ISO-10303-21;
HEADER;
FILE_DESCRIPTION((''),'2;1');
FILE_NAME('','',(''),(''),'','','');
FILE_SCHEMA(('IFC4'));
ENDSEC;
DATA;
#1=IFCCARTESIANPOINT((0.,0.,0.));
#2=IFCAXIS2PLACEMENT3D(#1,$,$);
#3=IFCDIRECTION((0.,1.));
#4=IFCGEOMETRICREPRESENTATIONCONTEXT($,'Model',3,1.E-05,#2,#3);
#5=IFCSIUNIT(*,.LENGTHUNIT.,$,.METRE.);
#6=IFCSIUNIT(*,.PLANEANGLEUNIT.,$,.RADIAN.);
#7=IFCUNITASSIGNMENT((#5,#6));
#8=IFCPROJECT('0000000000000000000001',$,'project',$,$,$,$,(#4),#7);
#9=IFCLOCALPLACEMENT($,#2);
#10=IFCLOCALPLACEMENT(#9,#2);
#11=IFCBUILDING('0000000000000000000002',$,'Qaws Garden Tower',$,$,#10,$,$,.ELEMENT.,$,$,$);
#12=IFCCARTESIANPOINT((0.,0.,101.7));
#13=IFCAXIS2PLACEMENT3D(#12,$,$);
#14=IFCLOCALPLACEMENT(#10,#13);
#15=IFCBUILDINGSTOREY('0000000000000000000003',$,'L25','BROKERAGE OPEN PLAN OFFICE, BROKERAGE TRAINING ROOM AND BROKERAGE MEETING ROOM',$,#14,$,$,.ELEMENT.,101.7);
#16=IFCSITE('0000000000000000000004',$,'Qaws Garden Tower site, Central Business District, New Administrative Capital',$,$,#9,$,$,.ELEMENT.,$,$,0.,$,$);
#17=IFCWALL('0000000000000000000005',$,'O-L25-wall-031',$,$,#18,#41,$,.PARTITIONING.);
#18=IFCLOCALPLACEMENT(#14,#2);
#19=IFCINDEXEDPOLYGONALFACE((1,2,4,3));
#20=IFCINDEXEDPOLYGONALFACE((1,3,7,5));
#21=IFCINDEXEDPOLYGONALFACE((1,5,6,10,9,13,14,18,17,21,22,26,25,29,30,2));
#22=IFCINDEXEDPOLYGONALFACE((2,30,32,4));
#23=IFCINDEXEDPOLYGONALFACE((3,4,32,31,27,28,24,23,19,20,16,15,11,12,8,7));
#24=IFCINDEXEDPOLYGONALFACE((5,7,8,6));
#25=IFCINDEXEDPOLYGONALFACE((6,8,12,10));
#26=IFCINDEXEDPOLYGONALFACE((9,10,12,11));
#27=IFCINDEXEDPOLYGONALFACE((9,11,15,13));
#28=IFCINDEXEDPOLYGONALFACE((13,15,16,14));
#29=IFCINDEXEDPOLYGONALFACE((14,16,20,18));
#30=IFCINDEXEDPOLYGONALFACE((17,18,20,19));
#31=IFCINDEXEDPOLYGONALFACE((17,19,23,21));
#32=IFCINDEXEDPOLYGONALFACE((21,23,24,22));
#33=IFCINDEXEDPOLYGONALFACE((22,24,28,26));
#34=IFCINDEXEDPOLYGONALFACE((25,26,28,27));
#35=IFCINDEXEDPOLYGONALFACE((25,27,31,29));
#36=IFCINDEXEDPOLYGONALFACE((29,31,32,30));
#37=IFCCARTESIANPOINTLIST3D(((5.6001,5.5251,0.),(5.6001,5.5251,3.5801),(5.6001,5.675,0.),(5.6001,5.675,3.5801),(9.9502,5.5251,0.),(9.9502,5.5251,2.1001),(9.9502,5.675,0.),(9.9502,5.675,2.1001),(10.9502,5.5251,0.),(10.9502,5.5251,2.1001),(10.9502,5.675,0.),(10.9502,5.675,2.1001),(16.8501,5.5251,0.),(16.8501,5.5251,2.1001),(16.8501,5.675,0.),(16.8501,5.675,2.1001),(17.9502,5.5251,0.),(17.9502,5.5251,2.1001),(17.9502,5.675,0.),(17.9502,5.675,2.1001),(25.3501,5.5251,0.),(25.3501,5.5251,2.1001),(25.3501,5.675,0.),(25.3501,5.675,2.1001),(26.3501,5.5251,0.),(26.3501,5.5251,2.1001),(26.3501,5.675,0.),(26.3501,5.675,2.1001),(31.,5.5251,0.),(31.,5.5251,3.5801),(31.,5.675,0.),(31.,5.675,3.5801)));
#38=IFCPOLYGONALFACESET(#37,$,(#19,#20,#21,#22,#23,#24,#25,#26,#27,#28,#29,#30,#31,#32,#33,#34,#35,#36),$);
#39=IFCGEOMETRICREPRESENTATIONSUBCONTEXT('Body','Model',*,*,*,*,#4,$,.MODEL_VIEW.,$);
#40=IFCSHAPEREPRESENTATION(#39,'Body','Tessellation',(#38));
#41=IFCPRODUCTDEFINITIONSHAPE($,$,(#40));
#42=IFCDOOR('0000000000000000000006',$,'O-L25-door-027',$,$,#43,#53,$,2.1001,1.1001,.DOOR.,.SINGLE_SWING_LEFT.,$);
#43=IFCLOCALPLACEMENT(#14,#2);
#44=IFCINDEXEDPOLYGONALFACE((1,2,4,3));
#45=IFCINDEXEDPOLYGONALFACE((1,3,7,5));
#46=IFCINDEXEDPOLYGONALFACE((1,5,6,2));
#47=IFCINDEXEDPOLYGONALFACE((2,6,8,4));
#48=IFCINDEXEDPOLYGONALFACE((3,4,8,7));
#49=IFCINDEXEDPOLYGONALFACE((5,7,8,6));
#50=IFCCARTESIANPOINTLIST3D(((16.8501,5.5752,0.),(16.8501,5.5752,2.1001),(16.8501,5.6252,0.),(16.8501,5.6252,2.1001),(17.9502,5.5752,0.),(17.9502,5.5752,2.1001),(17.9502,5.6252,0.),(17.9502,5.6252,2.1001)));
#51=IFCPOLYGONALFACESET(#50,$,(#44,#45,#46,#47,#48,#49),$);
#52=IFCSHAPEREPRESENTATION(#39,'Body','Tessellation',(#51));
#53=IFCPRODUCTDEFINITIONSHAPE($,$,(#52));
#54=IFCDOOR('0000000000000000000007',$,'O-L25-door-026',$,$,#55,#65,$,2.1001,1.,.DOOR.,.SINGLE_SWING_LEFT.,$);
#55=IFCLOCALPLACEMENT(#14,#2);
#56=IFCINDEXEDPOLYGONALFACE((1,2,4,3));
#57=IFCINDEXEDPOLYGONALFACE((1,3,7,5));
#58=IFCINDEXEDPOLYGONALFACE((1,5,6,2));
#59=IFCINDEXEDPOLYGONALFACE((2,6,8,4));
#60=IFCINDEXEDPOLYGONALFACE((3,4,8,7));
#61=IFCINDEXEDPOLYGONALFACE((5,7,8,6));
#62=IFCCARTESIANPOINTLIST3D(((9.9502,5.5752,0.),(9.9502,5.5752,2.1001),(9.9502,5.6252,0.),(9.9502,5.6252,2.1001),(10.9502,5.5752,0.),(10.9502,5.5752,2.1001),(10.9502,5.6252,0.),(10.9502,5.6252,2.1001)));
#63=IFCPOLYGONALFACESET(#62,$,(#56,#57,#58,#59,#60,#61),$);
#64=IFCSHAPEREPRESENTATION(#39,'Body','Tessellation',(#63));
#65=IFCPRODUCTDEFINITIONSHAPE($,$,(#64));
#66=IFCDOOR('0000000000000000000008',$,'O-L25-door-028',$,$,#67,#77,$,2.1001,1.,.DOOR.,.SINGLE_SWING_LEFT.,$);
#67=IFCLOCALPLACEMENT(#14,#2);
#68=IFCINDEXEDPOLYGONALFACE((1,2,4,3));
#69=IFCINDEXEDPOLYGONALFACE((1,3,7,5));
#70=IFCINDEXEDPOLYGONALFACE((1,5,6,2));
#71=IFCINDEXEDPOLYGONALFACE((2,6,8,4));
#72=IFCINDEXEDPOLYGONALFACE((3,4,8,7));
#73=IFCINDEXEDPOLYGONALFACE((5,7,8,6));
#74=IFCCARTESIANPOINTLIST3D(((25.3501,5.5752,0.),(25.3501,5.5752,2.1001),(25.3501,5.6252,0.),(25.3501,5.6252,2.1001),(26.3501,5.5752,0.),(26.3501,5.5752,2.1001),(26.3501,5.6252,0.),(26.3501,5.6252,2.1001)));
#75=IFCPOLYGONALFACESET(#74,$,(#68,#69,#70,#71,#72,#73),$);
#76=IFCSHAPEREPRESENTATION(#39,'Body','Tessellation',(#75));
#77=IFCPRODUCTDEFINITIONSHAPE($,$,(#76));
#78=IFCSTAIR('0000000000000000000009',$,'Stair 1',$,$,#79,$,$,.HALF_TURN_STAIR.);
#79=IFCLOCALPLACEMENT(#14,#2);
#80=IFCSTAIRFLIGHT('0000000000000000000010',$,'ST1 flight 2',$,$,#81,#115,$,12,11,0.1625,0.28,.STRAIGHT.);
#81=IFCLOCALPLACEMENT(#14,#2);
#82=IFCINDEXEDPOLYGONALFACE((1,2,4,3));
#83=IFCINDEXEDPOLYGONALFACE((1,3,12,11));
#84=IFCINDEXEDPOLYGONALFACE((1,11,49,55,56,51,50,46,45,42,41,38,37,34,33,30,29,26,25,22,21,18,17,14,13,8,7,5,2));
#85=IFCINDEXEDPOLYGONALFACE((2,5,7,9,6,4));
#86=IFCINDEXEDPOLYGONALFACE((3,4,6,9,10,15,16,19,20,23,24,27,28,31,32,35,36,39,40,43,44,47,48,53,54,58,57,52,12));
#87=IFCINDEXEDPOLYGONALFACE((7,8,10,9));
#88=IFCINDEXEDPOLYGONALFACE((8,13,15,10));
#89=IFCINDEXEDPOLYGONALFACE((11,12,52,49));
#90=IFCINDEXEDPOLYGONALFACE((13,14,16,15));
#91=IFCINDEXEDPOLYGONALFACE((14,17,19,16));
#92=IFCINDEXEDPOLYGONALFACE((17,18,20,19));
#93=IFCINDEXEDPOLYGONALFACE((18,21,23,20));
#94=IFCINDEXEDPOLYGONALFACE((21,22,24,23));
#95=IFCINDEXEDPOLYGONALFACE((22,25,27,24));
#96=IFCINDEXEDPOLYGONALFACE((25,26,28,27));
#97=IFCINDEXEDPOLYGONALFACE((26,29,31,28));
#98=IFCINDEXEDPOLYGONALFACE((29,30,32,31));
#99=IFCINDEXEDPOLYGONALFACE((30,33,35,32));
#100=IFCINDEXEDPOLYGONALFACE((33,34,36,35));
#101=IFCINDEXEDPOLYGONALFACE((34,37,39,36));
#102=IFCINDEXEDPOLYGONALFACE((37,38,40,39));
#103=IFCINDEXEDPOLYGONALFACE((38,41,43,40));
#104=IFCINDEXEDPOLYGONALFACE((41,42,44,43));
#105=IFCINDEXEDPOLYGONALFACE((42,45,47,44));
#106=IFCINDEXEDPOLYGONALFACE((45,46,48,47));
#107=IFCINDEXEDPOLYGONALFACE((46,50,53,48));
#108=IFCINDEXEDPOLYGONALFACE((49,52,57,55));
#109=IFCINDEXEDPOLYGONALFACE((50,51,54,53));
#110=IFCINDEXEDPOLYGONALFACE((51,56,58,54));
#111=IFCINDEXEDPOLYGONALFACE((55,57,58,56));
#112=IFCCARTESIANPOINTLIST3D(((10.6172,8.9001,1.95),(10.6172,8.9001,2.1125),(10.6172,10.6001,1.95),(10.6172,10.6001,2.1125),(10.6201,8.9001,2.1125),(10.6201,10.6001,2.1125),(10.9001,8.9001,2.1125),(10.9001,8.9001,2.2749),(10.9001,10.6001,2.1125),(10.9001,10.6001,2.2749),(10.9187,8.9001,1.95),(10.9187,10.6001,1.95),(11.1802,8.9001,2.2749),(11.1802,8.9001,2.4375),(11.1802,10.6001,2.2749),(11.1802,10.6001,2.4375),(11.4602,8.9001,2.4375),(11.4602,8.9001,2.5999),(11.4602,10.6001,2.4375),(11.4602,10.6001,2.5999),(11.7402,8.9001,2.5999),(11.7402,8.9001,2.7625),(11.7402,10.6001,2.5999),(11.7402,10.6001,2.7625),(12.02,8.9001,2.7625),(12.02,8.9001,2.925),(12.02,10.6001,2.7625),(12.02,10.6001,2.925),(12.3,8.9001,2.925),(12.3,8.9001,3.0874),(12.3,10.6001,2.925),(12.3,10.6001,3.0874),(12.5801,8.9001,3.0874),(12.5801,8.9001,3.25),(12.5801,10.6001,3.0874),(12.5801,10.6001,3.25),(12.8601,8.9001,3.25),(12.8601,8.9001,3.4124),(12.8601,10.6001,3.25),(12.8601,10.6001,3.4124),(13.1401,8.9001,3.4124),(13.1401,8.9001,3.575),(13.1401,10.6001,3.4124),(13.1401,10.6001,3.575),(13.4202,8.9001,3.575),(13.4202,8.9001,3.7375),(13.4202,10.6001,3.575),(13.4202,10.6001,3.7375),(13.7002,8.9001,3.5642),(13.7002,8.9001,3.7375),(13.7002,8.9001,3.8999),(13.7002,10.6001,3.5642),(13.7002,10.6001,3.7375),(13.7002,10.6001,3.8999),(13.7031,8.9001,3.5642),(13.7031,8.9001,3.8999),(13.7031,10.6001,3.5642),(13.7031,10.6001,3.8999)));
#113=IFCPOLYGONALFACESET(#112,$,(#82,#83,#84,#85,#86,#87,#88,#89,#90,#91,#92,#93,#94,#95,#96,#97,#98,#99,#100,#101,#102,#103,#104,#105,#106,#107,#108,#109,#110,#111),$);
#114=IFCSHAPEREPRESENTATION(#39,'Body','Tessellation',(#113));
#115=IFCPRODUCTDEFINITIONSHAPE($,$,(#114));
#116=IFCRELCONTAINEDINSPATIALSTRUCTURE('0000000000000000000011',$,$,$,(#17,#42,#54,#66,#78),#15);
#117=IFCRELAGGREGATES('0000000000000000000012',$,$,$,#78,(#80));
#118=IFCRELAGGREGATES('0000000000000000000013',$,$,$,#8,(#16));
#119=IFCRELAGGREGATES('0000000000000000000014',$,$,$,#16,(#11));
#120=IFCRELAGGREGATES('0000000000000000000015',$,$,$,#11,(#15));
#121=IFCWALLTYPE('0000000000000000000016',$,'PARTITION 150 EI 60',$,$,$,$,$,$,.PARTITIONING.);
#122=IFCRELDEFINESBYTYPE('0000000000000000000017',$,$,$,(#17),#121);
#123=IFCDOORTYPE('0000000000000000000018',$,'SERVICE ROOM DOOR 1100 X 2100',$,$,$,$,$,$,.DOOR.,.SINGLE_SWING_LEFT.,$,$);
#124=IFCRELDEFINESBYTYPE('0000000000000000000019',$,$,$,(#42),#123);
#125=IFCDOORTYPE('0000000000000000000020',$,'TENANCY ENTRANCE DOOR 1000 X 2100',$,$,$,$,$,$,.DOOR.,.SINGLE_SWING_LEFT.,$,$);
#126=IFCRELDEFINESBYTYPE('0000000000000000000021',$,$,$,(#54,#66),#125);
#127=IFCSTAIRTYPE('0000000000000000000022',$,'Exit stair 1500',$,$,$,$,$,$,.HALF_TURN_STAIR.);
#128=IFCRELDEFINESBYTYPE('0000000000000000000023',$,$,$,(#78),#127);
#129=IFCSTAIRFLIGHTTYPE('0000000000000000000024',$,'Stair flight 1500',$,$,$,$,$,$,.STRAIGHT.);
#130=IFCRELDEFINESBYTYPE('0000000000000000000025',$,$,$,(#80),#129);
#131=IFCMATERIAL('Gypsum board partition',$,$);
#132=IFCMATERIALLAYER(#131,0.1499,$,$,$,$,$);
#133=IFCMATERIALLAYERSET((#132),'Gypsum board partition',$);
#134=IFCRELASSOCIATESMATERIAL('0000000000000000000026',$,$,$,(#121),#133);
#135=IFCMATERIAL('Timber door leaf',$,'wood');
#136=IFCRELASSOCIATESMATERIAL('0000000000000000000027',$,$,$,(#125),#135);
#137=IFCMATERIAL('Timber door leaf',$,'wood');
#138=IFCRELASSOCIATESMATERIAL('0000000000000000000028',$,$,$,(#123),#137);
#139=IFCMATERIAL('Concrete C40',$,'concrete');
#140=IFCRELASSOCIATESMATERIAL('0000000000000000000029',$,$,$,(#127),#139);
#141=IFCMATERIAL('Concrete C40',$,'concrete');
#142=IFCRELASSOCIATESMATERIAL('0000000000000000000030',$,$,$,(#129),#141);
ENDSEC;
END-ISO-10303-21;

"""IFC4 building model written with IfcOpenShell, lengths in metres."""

from ifc_helpers import new_model, si_unit, direction, frame, frame_2d, origin, place, context, subcontext, project, spatial, polyline, rectangle, outline, extrude, material, layer, layer_set, type_object, element, fill, aggregate, save


model = new_model("IFC4")

# Units and contexts
model_context = context("Model", 3, precision=1e-05, world=origin(), true_north=direction((0.0, 1.0)))
body_context = subcontext(model_context, "Body", "Model", "MODEL_VIEW")
ifc_project = project(units=[si_unit("LENGTHUNIT", "METRE"), si_unit("PLANEANGLEUNIT", "RADIAN")], contexts=[model_context])

# Site, building, storey
site_placement = place(None, origin())
site = spatial("IfcSite", under=ifc_project, at=site_placement, Name="Qaws Garden Tower site, Central Business District, New Administrative Capital", CompositionType="ELEMENT", RefElevation=0.0)
building_placement = place(site_placement, origin())
building = spatial("IfcBuilding", under=site, at=building_placement, Name="Qaws Garden Tower", CompositionType="ELEMENT")
storey_placement = place(building_placement, frame((0.0, 0.0, 101.7)))
storey = spatial("IfcBuildingStorey", under=building, at=storey_placement, Name="L25", Description="BROKERAGE OPEN PLAN OFFICE, BROKERAGE TRAINING ROOM AND BROKERAGE MEETING ROOM", CompositionType="ELEMENT", Elevation=101.7)

# Wall, openings, doors
ifc_material_1 = material(Name="Gypsum board partition")
ifc_layer_1 = layer(ifc_material_1, 0.1499)
ifc_layer_set_1 = layer_set([ifc_layer_1], Name="Gypsum board partition")
wall_type_1 = type_object("IfcWallType", Name="PARTITION 150 EI 60", PredefinedType="PARTITIONING", material=ifc_layer_set_1)
ifc_material_2 = material(Name="Timber door leaf", Category="wood")
door_type_1 = type_object("IfcDoorType", Name="TENANCY ENTRANCE DOOR 1000 X 2100", OperationType="SINGLE_SWING_LEFT", PredefinedType="DOOR", material=ifc_material_2)
wall_1_placement = place(storey_placement, frame((5.6001, 5.6001, 0.0), z_axis=(0.0, 0.0, 1.0), x_axis=(1.0, 0.0, 0.0)))
wall_1 = element("IfcWall", 1, at=wall_1_placement, inside=storey, type_object=wall_type_1, Name="O-L25-wall-031", PredefinedType="PARTITIONING", context=body_context, shape_type="SweptSolid", body=[
    extrude(rectangle(XDim=25.3999, YDim=0.1499, at=frame_2d((12.7, 0.0))), origin(), (0.0, 0.0, 1.0), 3.5801),
])
opening_1_placement = place(wall_1_placement, frame((4.3501, 0.0, 0.0)))
opening_1 = element("IfcOpeningElement", 2, at=opening_1_placement, cuts=wall_1, PredefinedType="OPENING", context=body_context, shape_type="SweptSolid", body=[
    extrude(rectangle(XDim=1.0, YDim=2.1001, at=frame_2d((0.5, 1.05))), frame((0.0, 0.085, 0.0), z_axis=(0.0, -1.0, 0.0), x_axis=(1.0, 0.0, 0.0)), (0.0, 0.0, 1.0), 0.1699),
])
opening_2_placement = place(wall_1_placement, frame((11.25, 0.0, 0.0)))
opening_2 = element("IfcOpeningElement", 3, at=opening_2_placement, cuts=wall_1, PredefinedType="OPENING", context=body_context, shape_type="SweptSolid", body=[
    extrude(rectangle(XDim=1.1001, YDim=2.1001, at=frame_2d((0.55, 1.05))), frame((0.0, 0.085, 0.0), z_axis=(0.0, -1.0, 0.0), x_axis=(1.0, 0.0, 0.0)), (0.0, 0.0, 1.0), 0.1699),
])
opening_3_placement = place(wall_1_placement, frame((19.75, 0.0, 0.0)))
opening_3 = element("IfcOpeningElement", 4, at=opening_3_placement, cuts=wall_1, PredefinedType="OPENING", context=body_context, shape_type="SweptSolid", body=[
    extrude(rectangle(XDim=1.0, YDim=2.1001, at=frame_2d((0.5, 1.05))), frame((0.0, 0.085, 0.0), z_axis=(0.0, -1.0, 0.0), x_axis=(1.0, 0.0, 0.0)), (0.0, 0.0, 1.0), 0.1699),
])
ifc_material_3 = material(Name="Timber door leaf", Category="wood")
door_type_2 = type_object("IfcDoorType", Name="SERVICE ROOM DOOR 1100 X 2100", OperationType="SINGLE_SWING_LEFT", PredefinedType="DOOR", material=ifc_material_3)
door_1_placement = place(opening_2_placement, frame((1.1001, 0.0, 0.0), z_axis=(0.0, 0.0, 1.0), x_axis=(-1.0, 0.0, 0.0)))
door_1 = element("IfcDoor", 5, at=door_1_placement, inside=storey, type_object=door_type_2, Name="O-L25-door-027", OperationType="SINGLE_SWING_LEFT", OverallHeight=2.1001, OverallWidth=1.1001, PredefinedType="DOOR", context=body_context, shape_type="SweptSolid", body=[
    extrude(rectangle(XDim=1.1001, YDim=2.1001, at=frame_2d((0.55, 1.05))), frame((0.0, 0.0249, 0.0), z_axis=(0.0, -1.0, 0.0), x_axis=(1.0, 0.0, 0.0)), (0.0, 0.0, 1.0), 0.05),
])
fill(opening_2, door_1)
door_2_placement = place(opening_1_placement, frame((1.0, 0.0, 0.0), z_axis=(0.0, 0.0, 1.0), x_axis=(-1.0, 0.0, 0.0)))
door_2 = element("IfcDoor", 6, at=door_2_placement, inside=storey, type_object=door_type_1, Name="O-L25-door-026", OperationType="SINGLE_SWING_LEFT", OverallHeight=2.1001, OverallWidth=1.0, PredefinedType="DOOR", context=body_context, shape_type="SweptSolid", body=[
    extrude(rectangle(XDim=1.0, YDim=2.1001, at=frame_2d((0.5, 1.05))), frame((0.0, 0.0249, 0.0), z_axis=(0.0, -1.0, 0.0), x_axis=(1.0, 0.0, 0.0)), (0.0, 0.0, 1.0), 0.05),
])
fill(opening_1, door_2)
door_3_placement = place(opening_3_placement, frame((1.0, 0.0, 0.0), z_axis=(0.0, 0.0, 1.0), x_axis=(-1.0, 0.0, 0.0)))
door_3 = element("IfcDoor", 7, at=door_3_placement, inside=storey, type_object=door_type_1, Name="O-L25-door-028", OperationType="SINGLE_SWING_LEFT", OverallHeight=2.1001, OverallWidth=1.0, PredefinedType="DOOR", context=body_context, shape_type="SweptSolid", body=[
    extrude(rectangle(XDim=1.0, YDim=2.1001, at=frame_2d((0.5, 1.05))), frame((0.0, 0.0249, 0.0), z_axis=(0.0, -1.0, 0.0), x_axis=(1.0, 0.0, 0.0)), (0.0, 0.0, 1.0), 0.05),
])
fill(opening_3, door_3)

# Stair, stair flight
ifc_material_4 = material(Name="Concrete C40", Category="concrete")
stair_type = type_object("IfcStairType", Name="Exit stair 1500", PredefinedType="HALF_TURN_STAIR", material=ifc_material_4)
stair_placement = place(storey_placement, origin())
stair = element("IfcStair", 8, at=stair_placement, inside=storey, type_object=stair_type, Name="Stair 1", PredefinedType="HALF_TURN_STAIR")
ifc_material_5 = material(Name="Concrete C40", Category="concrete")
stair_flight_type = type_object("IfcStairFlightType", Name="Stair flight 1500", PredefinedType="STRAIGHT", material=ifc_material_5)
stair_flight_placement = place(storey_placement, frame((10.6201, 9.75, 1.95), z_axis=(0.0, 0.0, 1.0), x_axis=(1.0, 0.0, 0.0)))
stair_flight = element("IfcStairFlight", 9, at=stair_flight_placement, type_object=stair_flight_type, Name="ST1 flight 2", NumberOfRisers=12, NumberOfTreads=11, PredefinedType="STRAIGHT", RiserHeight=0.1625, TreadLength=0.28, context=body_context, shape_type="SweptSolid", body=[
    extrude(outline(polyline([(-0.0029, 0.0), (-0.0029, 0.1626), (0.0, 0.1626), (0.28, 0.1626), (0.28, 0.325), (0.5601, 0.325), (0.5601, 0.4875), (0.8401, 0.4875), (0.8401, 0.6499), (1.1201, 0.6499), (1.1201, 0.8125), (1.3999, 0.8125), (1.3999, 0.9751), (1.6799, 0.9751), (1.6799, 1.1375), (1.96, 1.1375), (1.96, 1.3), (2.24, 1.3), (2.24, 1.4624), (2.52, 1.4624), (2.52, 1.625), (2.8, 1.625), (2.8, 1.7876), (3.0801, 1.7876), (3.0801, 1.95), (3.083, 1.95), (3.083, 1.6143), (3.0801, 1.6143), (0.2986, 0.0), (-0.0029, 0.0)])), frame((0.0, 0.8501, 0.0), z_axis=(0.0, -1.0, 0.0), x_axis=(1.0, 0.0, 0.0)), (0.0, 0.0, 1.0), 1.7),
])
aggregate(stair, [stair_flight])

save(model, "model.ifc")
